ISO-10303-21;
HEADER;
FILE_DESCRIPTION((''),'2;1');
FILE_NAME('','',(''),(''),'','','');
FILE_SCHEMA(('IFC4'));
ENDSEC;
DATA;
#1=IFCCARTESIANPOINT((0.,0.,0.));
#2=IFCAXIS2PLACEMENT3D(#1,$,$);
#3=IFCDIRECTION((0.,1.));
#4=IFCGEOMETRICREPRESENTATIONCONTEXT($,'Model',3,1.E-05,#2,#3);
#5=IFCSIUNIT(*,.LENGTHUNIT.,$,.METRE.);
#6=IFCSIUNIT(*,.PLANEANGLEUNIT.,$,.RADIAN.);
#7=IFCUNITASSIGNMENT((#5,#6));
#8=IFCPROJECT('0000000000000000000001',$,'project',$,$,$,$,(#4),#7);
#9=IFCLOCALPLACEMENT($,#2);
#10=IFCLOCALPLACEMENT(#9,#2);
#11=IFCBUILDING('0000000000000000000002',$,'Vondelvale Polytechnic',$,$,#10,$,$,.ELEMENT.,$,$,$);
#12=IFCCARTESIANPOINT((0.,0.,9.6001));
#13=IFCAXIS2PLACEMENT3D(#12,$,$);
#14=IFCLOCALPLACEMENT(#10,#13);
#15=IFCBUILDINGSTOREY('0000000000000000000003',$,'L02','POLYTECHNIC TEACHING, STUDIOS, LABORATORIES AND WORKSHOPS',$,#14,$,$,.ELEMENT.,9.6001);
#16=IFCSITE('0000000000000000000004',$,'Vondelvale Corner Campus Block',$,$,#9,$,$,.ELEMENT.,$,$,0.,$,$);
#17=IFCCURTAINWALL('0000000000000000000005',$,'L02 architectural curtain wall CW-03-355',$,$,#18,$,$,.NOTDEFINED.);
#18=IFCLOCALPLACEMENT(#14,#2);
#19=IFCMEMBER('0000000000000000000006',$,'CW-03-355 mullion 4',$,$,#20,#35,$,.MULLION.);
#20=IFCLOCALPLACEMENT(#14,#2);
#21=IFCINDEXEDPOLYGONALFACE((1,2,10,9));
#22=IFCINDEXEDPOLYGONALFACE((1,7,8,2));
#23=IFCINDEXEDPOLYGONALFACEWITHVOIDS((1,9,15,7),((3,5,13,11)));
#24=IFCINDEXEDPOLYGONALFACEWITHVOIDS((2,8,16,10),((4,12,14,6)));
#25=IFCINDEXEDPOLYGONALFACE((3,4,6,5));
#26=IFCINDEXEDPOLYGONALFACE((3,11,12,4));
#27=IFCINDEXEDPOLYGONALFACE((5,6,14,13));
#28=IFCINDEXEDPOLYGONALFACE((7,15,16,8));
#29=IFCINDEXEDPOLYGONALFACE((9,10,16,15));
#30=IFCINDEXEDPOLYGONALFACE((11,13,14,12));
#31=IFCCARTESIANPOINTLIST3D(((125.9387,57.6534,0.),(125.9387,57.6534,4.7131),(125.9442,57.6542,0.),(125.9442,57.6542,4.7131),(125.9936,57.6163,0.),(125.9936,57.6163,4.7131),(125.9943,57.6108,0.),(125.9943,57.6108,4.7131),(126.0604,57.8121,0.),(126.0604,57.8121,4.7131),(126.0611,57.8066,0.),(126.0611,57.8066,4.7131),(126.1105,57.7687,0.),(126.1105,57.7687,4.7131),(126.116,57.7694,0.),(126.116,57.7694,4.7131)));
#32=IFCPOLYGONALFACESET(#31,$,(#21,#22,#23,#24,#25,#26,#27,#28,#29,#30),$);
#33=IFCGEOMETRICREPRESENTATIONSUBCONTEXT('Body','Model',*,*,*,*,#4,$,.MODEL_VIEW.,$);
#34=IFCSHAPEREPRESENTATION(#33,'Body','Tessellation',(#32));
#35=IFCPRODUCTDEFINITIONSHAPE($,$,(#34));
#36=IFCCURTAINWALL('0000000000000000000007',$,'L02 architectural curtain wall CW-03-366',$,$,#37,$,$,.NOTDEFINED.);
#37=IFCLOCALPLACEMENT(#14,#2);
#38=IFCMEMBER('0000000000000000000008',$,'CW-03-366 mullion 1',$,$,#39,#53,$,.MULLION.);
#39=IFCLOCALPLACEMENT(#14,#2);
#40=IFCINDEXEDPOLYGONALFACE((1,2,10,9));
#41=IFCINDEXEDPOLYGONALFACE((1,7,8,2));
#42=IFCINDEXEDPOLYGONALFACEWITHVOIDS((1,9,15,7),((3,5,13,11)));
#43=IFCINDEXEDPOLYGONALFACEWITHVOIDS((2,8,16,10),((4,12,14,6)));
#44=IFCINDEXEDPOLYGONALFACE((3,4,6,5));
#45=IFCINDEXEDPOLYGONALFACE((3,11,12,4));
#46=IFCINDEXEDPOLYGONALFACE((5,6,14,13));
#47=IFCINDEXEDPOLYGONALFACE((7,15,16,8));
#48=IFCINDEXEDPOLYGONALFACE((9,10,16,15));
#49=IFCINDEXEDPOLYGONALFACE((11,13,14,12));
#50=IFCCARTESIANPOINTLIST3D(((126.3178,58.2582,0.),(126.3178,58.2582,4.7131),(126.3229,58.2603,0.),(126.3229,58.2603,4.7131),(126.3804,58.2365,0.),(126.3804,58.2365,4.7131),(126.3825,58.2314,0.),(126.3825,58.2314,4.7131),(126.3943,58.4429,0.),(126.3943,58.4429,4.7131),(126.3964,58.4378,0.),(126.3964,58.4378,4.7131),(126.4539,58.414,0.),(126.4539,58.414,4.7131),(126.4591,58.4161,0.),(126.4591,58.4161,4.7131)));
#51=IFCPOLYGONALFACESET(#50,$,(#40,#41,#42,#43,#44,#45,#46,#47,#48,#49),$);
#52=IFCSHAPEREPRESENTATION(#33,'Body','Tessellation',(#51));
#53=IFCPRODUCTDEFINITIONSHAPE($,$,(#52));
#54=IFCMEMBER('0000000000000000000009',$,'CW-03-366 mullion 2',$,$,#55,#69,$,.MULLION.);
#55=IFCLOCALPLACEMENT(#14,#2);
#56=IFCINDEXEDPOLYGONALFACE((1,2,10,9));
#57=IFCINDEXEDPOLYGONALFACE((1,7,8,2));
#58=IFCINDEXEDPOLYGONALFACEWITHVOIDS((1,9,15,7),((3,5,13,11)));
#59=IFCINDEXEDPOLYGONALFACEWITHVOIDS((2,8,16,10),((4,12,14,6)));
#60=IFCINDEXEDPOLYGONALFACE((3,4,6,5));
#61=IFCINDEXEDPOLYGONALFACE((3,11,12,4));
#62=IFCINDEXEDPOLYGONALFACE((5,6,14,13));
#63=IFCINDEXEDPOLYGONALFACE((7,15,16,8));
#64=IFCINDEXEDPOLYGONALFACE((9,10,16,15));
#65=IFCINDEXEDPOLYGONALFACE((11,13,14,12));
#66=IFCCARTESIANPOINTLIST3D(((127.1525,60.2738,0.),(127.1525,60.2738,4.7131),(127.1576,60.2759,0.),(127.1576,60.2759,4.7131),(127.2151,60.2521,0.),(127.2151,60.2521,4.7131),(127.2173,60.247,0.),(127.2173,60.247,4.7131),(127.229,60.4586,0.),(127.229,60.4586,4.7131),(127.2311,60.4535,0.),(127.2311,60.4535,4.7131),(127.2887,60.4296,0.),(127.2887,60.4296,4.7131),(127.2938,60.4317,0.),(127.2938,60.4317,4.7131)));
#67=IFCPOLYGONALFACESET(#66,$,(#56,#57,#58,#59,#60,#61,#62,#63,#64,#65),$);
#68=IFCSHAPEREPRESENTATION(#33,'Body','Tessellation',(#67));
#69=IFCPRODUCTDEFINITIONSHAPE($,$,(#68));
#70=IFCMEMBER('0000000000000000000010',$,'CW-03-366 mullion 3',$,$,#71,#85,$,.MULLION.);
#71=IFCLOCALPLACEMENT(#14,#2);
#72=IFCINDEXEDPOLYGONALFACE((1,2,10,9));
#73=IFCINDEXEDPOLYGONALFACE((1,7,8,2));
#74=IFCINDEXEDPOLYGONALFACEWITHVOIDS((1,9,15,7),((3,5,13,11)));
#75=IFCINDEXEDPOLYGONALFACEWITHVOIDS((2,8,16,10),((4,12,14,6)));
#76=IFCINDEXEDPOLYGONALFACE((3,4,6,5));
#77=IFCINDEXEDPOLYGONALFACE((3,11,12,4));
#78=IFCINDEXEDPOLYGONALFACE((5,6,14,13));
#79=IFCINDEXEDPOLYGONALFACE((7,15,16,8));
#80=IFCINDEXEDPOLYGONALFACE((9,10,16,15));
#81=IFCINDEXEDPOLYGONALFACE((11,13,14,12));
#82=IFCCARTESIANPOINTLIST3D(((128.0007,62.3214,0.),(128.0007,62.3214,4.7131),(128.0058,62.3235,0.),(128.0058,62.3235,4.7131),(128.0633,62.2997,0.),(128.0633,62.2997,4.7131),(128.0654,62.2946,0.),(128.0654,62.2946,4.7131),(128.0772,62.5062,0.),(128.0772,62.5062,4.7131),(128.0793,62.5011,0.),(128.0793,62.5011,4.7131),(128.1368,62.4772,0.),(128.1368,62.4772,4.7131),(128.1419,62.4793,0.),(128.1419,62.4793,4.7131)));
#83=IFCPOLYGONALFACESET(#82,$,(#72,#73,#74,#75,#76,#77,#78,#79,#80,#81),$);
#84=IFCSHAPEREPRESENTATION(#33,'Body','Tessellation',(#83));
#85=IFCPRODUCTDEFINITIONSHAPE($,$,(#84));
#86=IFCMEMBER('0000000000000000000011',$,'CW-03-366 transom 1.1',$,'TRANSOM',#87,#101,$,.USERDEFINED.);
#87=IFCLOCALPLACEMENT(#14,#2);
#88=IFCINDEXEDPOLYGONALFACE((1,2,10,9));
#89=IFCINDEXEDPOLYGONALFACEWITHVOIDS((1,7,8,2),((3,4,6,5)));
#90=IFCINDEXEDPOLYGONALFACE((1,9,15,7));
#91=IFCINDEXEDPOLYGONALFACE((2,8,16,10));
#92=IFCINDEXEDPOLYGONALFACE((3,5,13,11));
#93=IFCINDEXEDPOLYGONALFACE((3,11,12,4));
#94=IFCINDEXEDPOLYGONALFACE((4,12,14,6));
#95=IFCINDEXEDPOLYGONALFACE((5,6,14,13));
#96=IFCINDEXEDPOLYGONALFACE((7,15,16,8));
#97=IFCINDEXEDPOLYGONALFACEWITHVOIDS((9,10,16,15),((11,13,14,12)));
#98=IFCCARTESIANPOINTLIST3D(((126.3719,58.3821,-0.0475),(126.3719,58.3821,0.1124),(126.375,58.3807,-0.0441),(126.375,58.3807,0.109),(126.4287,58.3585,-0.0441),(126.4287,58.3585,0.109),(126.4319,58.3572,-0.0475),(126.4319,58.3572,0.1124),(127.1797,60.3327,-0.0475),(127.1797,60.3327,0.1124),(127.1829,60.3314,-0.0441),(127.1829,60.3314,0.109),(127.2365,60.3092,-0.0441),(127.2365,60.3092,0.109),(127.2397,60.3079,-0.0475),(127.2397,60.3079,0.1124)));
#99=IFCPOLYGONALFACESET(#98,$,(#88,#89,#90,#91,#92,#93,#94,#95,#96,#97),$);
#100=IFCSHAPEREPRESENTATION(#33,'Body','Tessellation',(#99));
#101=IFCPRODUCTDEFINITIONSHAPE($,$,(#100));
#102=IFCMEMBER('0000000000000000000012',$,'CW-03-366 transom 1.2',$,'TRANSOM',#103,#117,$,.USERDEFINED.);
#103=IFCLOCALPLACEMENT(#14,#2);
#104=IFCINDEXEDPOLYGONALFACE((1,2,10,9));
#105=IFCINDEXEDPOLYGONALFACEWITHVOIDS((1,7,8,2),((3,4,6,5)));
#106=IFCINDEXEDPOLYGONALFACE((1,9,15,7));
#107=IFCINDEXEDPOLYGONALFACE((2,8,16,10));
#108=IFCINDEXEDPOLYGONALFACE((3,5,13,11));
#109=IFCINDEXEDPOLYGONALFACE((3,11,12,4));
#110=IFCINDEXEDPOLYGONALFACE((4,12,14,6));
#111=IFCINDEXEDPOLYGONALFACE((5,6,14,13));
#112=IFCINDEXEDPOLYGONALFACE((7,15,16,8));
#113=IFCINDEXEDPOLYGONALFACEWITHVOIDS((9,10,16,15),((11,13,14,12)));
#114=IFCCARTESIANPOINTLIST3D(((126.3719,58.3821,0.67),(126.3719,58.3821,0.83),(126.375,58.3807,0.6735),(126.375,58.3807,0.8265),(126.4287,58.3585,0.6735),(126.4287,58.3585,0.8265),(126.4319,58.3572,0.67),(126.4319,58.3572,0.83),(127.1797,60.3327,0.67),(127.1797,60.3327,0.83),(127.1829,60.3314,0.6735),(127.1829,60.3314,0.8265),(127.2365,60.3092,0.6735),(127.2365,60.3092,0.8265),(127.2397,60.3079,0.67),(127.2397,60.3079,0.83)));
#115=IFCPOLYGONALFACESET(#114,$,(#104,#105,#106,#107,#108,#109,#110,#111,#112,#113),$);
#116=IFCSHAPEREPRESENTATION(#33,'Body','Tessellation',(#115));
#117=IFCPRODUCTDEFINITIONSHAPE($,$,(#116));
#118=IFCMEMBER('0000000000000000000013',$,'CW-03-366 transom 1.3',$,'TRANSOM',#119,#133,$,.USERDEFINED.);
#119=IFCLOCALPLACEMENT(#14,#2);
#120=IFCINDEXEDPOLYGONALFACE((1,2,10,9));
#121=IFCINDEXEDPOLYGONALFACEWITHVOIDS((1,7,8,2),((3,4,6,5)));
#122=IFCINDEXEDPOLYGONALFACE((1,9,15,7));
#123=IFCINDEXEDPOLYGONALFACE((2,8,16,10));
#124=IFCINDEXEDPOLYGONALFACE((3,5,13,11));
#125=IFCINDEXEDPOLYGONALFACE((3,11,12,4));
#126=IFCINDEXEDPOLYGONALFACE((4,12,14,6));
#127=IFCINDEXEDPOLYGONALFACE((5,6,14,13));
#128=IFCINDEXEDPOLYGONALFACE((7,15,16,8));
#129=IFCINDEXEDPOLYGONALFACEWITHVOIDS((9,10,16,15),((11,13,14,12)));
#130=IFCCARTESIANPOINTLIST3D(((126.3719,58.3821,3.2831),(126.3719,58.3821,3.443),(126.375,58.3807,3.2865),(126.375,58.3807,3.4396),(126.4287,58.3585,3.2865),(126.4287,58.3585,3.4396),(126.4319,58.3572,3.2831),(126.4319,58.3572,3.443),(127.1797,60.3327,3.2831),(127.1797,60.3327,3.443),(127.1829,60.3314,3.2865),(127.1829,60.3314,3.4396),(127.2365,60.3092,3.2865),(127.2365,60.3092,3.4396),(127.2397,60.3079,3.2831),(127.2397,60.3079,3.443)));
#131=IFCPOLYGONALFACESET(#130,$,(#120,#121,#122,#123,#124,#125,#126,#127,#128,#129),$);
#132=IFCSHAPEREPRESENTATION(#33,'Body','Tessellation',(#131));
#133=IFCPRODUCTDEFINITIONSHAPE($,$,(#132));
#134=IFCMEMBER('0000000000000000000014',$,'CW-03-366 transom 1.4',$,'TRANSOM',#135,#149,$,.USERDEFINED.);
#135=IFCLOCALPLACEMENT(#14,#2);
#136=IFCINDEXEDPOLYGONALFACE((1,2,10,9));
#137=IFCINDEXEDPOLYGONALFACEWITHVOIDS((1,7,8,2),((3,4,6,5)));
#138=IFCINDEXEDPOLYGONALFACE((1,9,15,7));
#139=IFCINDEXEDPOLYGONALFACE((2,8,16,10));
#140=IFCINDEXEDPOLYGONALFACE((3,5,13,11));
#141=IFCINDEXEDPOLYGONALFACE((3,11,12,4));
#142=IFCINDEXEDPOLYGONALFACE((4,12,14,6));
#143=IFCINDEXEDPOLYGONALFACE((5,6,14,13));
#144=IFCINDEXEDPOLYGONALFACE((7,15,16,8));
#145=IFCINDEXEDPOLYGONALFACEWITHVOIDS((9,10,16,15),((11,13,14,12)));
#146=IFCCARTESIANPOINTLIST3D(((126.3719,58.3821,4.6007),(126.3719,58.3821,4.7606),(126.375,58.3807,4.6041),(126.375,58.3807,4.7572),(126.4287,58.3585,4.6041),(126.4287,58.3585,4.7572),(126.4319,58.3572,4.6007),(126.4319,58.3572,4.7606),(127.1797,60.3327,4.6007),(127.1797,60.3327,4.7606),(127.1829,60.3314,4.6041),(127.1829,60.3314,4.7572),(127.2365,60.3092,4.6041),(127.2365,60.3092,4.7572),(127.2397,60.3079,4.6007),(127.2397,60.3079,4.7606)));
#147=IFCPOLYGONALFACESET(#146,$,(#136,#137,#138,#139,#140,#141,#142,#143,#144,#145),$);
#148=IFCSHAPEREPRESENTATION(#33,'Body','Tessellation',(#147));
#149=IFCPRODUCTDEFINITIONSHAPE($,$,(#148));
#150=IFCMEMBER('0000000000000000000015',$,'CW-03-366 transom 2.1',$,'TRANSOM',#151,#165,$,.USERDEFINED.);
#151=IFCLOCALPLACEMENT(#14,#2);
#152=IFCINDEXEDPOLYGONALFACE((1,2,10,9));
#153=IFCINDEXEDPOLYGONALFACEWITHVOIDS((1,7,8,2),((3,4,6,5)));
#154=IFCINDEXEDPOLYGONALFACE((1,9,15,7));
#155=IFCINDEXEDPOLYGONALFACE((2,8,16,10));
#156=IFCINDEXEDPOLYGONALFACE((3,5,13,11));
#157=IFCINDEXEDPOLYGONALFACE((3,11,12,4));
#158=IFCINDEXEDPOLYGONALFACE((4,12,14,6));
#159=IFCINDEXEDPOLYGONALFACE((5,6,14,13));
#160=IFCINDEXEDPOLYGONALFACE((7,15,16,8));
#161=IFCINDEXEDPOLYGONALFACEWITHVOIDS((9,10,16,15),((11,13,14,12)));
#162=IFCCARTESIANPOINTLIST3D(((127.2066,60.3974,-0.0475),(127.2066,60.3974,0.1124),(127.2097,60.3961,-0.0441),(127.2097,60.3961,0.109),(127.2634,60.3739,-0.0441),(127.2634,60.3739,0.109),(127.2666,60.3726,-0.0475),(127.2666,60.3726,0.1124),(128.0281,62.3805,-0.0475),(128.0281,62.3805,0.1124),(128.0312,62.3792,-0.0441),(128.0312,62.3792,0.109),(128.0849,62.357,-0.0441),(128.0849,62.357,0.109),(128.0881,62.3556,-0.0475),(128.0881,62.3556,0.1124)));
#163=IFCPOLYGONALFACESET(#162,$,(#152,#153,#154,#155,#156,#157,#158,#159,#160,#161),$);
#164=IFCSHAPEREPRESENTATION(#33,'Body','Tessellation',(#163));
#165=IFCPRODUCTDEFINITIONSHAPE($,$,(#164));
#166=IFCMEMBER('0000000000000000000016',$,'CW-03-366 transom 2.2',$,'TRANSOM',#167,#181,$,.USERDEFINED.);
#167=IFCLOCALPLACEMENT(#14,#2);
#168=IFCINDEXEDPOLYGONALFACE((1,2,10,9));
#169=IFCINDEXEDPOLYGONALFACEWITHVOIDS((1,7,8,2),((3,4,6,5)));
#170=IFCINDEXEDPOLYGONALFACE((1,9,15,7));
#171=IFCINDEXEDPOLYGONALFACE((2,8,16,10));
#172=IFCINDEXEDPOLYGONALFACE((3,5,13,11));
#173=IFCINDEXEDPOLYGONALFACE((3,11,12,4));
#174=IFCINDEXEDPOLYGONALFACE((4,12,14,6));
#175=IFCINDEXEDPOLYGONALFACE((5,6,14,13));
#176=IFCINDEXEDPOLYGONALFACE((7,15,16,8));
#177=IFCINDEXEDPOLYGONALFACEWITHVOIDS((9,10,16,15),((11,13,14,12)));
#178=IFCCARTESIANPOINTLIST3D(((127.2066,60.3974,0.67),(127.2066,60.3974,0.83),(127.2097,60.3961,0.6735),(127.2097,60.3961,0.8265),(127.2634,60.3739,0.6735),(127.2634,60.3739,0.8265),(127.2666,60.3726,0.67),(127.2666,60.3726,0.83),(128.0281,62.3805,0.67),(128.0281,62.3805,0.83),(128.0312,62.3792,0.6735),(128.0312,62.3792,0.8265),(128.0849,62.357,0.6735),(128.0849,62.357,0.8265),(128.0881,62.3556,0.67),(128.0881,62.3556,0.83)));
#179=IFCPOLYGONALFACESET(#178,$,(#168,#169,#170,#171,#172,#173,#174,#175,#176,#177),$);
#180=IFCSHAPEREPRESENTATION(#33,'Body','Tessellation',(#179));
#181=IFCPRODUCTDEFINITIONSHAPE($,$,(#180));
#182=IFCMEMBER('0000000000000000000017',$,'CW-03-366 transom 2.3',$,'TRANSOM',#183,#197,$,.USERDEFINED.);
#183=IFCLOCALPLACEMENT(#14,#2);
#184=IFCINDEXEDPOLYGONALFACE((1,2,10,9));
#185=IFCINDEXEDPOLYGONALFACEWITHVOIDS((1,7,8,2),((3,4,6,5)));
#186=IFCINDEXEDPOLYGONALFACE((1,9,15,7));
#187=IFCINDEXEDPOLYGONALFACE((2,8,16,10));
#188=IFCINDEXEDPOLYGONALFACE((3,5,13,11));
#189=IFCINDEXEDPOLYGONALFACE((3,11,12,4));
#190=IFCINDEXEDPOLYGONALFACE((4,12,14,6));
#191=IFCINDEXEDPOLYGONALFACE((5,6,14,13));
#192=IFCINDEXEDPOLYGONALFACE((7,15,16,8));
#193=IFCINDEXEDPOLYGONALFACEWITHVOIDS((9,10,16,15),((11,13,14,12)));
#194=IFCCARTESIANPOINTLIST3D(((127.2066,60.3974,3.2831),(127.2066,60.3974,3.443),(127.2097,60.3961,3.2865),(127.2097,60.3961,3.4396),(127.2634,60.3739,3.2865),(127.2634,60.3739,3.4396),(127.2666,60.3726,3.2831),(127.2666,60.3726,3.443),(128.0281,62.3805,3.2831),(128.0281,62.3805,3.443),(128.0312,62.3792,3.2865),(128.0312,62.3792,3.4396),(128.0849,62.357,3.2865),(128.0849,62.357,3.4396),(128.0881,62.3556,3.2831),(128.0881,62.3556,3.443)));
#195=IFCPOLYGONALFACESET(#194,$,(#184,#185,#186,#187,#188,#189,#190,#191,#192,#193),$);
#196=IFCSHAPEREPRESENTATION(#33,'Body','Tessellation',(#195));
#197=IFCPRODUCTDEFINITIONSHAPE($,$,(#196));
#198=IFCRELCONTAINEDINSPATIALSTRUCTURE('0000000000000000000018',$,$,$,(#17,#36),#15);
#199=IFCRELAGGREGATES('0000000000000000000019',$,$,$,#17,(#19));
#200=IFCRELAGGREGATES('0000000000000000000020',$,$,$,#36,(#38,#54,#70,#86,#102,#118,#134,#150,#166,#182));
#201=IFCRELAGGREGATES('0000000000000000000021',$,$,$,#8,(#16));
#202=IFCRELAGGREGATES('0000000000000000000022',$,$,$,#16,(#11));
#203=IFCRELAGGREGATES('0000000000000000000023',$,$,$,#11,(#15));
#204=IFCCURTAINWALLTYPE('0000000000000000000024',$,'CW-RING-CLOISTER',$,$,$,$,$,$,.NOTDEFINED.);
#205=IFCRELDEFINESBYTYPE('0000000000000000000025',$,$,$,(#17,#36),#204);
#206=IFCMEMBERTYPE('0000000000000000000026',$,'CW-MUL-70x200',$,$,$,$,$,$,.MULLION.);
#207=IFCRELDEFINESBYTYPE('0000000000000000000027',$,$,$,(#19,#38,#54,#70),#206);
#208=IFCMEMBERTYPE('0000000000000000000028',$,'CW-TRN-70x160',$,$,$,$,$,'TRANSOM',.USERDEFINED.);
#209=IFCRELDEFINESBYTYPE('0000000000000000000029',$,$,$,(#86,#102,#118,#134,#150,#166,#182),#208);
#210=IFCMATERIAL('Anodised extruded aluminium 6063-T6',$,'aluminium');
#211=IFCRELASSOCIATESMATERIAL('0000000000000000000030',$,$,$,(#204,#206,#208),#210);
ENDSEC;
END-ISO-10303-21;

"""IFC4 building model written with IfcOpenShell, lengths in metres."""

from ifc_helpers import new_model, si_unit, direction, frame, origin, origin_2d, place, context, subcontext, project, spatial, hollow_rectangle, extrude, material, material_profile, profile_set, type_object, element, aggregate, save


model = new_model("IFC4")

# Units and contexts
model_context = context("Model", 3, precision=1e-05, world=origin(), true_north=direction((0.0, 1.0)))
body_context = subcontext(model_context, "Body", "Model", "MODEL_VIEW")
ifc_project = project(units=[si_unit("LENGTHUNIT", "METRE"), si_unit("PLANEANGLEUNIT", "RADIAN")], contexts=[model_context])

# Site, building, storey
site_placement = place(None, origin())
site = spatial("IfcSite", under=ifc_project, at=site_placement, Name="Vondelvale Corner Campus Block", CompositionType="ELEMENT", RefElevation=0.0)
building_placement = place(site_placement, origin())
building = spatial("IfcBuilding", under=site, at=building_placement, Name="Vondelvale Polytechnic", CompositionType="ELEMENT")
storey_placement = place(building_placement, frame((0.0, 0.0, 9.6001)))
storey = spatial("IfcBuildingStorey", under=building, at=storey_placement, Name="L02", Description="POLYTECHNIC TEACHING, STUDIOS, LABORATORIES AND WORKSHOPS", CompositionType="ELEMENT", Elevation=9.6001)

# Curtain wall, member
ifc_material_1 = material(Name="Anodised extruded aluminium 6063-T6", Category="aluminium")
curtain_wall_type = type_object("IfcCurtainWallType", Name="CW-RING-CLOISTER", PredefinedType="NOTDEFINED", material=ifc_material_1)
curtain_wall_1_placement = place(storey_placement, origin())
curtain_wall_1 = element("IfcCurtainWall", 1, at=curtain_wall_1_placement, inside=storey, type_object=curtain_wall_type, Name="L02 architectural curtain wall CW-03-355", PredefinedType="NOTDEFINED")
ifc_material_profile_1 = material_profile(ifc_material_1, hollow_rectangle(XDim=0.0701, YDim=0.2, WallThickness=0.0039, at=origin_2d()), Name="CW-MUL-200x70")
ifc_profile_set_1 = profile_set([ifc_material_profile_1], Name="Anodised extruded aluminium 6063-T6")
member_type_1 = type_object("IfcMemberType", Name="CW-MUL-70x200", PredefinedType="MULLION", material=ifc_profile_set_1)
member_1_placement = place(storey_placement, frame((126.0273, 57.7114, 0.0), z_axis=(0.0, 0.0, 1.0), x_axis=(-0.793364, 0.608748, 0.0)))
member_1 = element("IfcMember", 2, at=member_1_placement, type_object=member_type_1, Name="CW-03-355 mullion 4", PredefinedType="MULLION", context=body_context, shape_type="SweptSolid", body=[
    extrude(hollow_rectangle(XDim=0.0701, YDim=0.2, WallThickness=0.0039, at=origin_2d()), origin(), (0.0, 0.0, 1.0), 4.7131),
])

# Curtain wall, members
curtain_wall_2_placement = place(storey_placement, origin())
curtain_wall_2 = element("IfcCurtainWall", 3, at=curtain_wall_2_placement, inside=storey, type_object=curtain_wall_type, Name="L02 architectural curtain wall CW-03-366", PredefinedType="NOTDEFINED")
member_2_placement = place(storey_placement, frame((126.3884, 58.3372, 0.0), z_axis=(0.0, 0.0, 1.0), x_axis=(-0.923882, 0.382679, 0.0)))
member_2 = element("IfcMember", 4, at=member_2_placement, type_object=member_type_1, Name="CW-03-366 mullion 1", PredefinedType="MULLION", context=body_context, shape_type="SweptSolid", body=[
    extrude(hollow_rectangle(XDim=0.0701, YDim=0.2, WallThickness=0.0039, at=origin_2d()), origin(), (0.0, 0.0, 1.0), 4.7131),
])
member_3_placement = place(storey_placement, frame((127.2231, 60.3528, 0.0), z_axis=(0.0, 0.0, 1.0), x_axis=(-0.923882, 0.382679, 0.0)))
member_3 = element("IfcMember", 5, at=member_3_placement, type_object=member_type_1, Name="CW-03-366 mullion 2", PredefinedType="MULLION", context=body_context, shape_type="SweptSolid", body=[
    extrude(hollow_rectangle(XDim=0.0701, YDim=0.2, WallThickness=0.0039, at=origin_2d()), origin(), (0.0, 0.0, 1.0), 4.7131),
])
member_4_placement = place(storey_placement, frame((128.0713, 62.4004, 0.0), z_axis=(0.0, 0.0, 1.0), x_axis=(-0.923882, 0.382679, 0.0)))
member_4 = element("IfcMember", 6, at=member_4_placement, type_object=member_type_1, Name="CW-03-366 mullion 3", PredefinedType="MULLION", context=body_context, shape_type="SweptSolid", body=[
    extrude(hollow_rectangle(XDim=0.0701, YDim=0.2, WallThickness=0.0039, at=origin_2d()), origin(), (0.0, 0.0, 1.0), 4.7131),
])
ifc_material_profile_2 = material_profile(ifc_material_1, hollow_rectangle(XDim=0.0649, YDim=0.1599, WallThickness=0.0034, at=origin_2d()), Name="CW-TRN-160x65")
ifc_profile_set_2 = profile_set([ifc_material_profile_2], Name="Anodised extruded aluminium 6063-T6")
member_type_2 = type_object("IfcMemberType", Name="CW-TRN-70x160", ElementType="TRANSOM", PredefinedType="USERDEFINED", material=ifc_profile_set_2)
member_5_placement = place(storey_placement, frame((126.4019, 58.3696, 0.0325), z_axis=(0.382628, 0.923903, 0.0), x_axis=(-0.923903, 0.382628, 0.0)))
member_5 = element("IfcMember", 7, at=member_5_placement, type_object=member_type_2, Name="CW-03-366 transom 1.1", ObjectType="TRANSOM", PredefinedType="USERDEFINED", context=body_context, shape_type="SweptSolid", body=[
    extrude(hollow_rectangle(XDim=0.0649, YDim=0.1599, WallThickness=0.0034, at=origin_2d()), origin(), (0.0, 0.0, 1.0), 2.1113),
])
member_6_placement = place(storey_placement, frame((126.4019, 58.3696, 0.75), z_axis=(0.382628, 0.923903, 0.0), x_axis=(-0.923903, 0.382628, 0.0)))
member_6 = element("IfcMember", 8, at=member_6_placement, type_object=member_type_2, Name="CW-03-366 transom 1.2", ObjectType="TRANSOM", PredefinedType="USERDEFINED", context=body_context, shape_type="SweptSolid", body=[
    extrude(hollow_rectangle(XDim=0.0649, YDim=0.1599, WallThickness=0.0034, at=origin_2d()), origin(), (0.0, 0.0, 1.0), 2.1113),
])
member_7_placement = place(storey_placement, frame((126.4019, 58.3696, 3.363), z_axis=(0.382628, 0.923903, 0.0), x_axis=(-0.923903, 0.382628, 0.0)))
member_7 = element("IfcMember", 9, at=member_7_placement, type_object=member_type_2, Name="CW-03-366 transom 1.3", ObjectType="TRANSOM", PredefinedType="USERDEFINED", context=body_context, shape_type="SweptSolid", body=[
    extrude(hollow_rectangle(XDim=0.0649, YDim=0.1599, WallThickness=0.0034, at=origin_2d()), origin(), (0.0, 0.0, 1.0), 2.1113),
])
member_8_placement = place(storey_placement, frame((126.4019, 58.3696, 4.6807), z_axis=(0.382628, 0.923903, 0.0), x_axis=(-0.923903, 0.382628, 0.0)))
member_8 = element("IfcMember", 10, at=member_8_placement, type_object=member_type_2, Name="CW-03-366 transom 1.4", ObjectType="TRANSOM", PredefinedType="USERDEFINED", context=body_context, shape_type="SweptSolid", body=[
    extrude(hollow_rectangle(XDim=0.0649, YDim=0.1599, WallThickness=0.0034, at=origin_2d()), origin(), (0.0, 0.0, 1.0), 2.1113),
])
member_9_placement = place(storey_placement, frame((127.2366, 60.385, 0.0325), z_axis=(0.382717, 0.923866, 0.0), x_axis=(-0.923866, 0.382717, 0.0)))
member_9 = element("IfcMember", 11, at=member_9_placement, type_object=member_type_2, Name="CW-03-366 transom 2.1", ObjectType="TRANSOM", PredefinedType="USERDEFINED", context=body_context, shape_type="SweptSolid", body=[
    extrude(hollow_rectangle(XDim=0.0649, YDim=0.1599, WallThickness=0.0034, at=origin_2d()), origin(), (0.0, 0.0, 1.0), 2.1465),
])
member_10_placement = place(storey_placement, frame((127.2366, 60.385, 0.75), z_axis=(0.382717, 0.923866, 0.0), x_axis=(-0.923866, 0.382717, 0.0)))
member_10 = element("IfcMember", 12, at=member_10_placement, type_object=member_type_2, Name="CW-03-366 transom 2.2", ObjectType="TRANSOM", PredefinedType="USERDEFINED", context=body_context, shape_type="SweptSolid", body=[
    extrude(hollow_rectangle(XDim=0.0649, YDim=0.1599, WallThickness=0.0034, at=origin_2d()), origin(), (0.0, 0.0, 1.0), 2.1465),
])
member_11_placement = place(storey_placement, frame((127.2366, 60.385, 3.363), z_axis=(0.382717, 0.923866, 0.0), x_axis=(-0.923866, 0.382717, 0.0)))
member_11 = element("IfcMember", 13, at=member_11_placement, type_object=member_type_2, Name="CW-03-366 transom 2.3", ObjectType="TRANSOM", PredefinedType="USERDEFINED", context=body_context, shape_type="SweptSolid", body=[
    extrude(hollow_rectangle(XDim=0.0649, YDim=0.1599, WallThickness=0.0034, at=origin_2d()), origin(), (0.0, 0.0, 1.0), 2.1465),
])

aggregate(curtain_wall_1, [member_1])
aggregate(curtain_wall_2, [member_2, member_3, member_4, member_5, member_6, member_7, member_8, member_9, member_10, member_11])

save(model, "model.ifc")
